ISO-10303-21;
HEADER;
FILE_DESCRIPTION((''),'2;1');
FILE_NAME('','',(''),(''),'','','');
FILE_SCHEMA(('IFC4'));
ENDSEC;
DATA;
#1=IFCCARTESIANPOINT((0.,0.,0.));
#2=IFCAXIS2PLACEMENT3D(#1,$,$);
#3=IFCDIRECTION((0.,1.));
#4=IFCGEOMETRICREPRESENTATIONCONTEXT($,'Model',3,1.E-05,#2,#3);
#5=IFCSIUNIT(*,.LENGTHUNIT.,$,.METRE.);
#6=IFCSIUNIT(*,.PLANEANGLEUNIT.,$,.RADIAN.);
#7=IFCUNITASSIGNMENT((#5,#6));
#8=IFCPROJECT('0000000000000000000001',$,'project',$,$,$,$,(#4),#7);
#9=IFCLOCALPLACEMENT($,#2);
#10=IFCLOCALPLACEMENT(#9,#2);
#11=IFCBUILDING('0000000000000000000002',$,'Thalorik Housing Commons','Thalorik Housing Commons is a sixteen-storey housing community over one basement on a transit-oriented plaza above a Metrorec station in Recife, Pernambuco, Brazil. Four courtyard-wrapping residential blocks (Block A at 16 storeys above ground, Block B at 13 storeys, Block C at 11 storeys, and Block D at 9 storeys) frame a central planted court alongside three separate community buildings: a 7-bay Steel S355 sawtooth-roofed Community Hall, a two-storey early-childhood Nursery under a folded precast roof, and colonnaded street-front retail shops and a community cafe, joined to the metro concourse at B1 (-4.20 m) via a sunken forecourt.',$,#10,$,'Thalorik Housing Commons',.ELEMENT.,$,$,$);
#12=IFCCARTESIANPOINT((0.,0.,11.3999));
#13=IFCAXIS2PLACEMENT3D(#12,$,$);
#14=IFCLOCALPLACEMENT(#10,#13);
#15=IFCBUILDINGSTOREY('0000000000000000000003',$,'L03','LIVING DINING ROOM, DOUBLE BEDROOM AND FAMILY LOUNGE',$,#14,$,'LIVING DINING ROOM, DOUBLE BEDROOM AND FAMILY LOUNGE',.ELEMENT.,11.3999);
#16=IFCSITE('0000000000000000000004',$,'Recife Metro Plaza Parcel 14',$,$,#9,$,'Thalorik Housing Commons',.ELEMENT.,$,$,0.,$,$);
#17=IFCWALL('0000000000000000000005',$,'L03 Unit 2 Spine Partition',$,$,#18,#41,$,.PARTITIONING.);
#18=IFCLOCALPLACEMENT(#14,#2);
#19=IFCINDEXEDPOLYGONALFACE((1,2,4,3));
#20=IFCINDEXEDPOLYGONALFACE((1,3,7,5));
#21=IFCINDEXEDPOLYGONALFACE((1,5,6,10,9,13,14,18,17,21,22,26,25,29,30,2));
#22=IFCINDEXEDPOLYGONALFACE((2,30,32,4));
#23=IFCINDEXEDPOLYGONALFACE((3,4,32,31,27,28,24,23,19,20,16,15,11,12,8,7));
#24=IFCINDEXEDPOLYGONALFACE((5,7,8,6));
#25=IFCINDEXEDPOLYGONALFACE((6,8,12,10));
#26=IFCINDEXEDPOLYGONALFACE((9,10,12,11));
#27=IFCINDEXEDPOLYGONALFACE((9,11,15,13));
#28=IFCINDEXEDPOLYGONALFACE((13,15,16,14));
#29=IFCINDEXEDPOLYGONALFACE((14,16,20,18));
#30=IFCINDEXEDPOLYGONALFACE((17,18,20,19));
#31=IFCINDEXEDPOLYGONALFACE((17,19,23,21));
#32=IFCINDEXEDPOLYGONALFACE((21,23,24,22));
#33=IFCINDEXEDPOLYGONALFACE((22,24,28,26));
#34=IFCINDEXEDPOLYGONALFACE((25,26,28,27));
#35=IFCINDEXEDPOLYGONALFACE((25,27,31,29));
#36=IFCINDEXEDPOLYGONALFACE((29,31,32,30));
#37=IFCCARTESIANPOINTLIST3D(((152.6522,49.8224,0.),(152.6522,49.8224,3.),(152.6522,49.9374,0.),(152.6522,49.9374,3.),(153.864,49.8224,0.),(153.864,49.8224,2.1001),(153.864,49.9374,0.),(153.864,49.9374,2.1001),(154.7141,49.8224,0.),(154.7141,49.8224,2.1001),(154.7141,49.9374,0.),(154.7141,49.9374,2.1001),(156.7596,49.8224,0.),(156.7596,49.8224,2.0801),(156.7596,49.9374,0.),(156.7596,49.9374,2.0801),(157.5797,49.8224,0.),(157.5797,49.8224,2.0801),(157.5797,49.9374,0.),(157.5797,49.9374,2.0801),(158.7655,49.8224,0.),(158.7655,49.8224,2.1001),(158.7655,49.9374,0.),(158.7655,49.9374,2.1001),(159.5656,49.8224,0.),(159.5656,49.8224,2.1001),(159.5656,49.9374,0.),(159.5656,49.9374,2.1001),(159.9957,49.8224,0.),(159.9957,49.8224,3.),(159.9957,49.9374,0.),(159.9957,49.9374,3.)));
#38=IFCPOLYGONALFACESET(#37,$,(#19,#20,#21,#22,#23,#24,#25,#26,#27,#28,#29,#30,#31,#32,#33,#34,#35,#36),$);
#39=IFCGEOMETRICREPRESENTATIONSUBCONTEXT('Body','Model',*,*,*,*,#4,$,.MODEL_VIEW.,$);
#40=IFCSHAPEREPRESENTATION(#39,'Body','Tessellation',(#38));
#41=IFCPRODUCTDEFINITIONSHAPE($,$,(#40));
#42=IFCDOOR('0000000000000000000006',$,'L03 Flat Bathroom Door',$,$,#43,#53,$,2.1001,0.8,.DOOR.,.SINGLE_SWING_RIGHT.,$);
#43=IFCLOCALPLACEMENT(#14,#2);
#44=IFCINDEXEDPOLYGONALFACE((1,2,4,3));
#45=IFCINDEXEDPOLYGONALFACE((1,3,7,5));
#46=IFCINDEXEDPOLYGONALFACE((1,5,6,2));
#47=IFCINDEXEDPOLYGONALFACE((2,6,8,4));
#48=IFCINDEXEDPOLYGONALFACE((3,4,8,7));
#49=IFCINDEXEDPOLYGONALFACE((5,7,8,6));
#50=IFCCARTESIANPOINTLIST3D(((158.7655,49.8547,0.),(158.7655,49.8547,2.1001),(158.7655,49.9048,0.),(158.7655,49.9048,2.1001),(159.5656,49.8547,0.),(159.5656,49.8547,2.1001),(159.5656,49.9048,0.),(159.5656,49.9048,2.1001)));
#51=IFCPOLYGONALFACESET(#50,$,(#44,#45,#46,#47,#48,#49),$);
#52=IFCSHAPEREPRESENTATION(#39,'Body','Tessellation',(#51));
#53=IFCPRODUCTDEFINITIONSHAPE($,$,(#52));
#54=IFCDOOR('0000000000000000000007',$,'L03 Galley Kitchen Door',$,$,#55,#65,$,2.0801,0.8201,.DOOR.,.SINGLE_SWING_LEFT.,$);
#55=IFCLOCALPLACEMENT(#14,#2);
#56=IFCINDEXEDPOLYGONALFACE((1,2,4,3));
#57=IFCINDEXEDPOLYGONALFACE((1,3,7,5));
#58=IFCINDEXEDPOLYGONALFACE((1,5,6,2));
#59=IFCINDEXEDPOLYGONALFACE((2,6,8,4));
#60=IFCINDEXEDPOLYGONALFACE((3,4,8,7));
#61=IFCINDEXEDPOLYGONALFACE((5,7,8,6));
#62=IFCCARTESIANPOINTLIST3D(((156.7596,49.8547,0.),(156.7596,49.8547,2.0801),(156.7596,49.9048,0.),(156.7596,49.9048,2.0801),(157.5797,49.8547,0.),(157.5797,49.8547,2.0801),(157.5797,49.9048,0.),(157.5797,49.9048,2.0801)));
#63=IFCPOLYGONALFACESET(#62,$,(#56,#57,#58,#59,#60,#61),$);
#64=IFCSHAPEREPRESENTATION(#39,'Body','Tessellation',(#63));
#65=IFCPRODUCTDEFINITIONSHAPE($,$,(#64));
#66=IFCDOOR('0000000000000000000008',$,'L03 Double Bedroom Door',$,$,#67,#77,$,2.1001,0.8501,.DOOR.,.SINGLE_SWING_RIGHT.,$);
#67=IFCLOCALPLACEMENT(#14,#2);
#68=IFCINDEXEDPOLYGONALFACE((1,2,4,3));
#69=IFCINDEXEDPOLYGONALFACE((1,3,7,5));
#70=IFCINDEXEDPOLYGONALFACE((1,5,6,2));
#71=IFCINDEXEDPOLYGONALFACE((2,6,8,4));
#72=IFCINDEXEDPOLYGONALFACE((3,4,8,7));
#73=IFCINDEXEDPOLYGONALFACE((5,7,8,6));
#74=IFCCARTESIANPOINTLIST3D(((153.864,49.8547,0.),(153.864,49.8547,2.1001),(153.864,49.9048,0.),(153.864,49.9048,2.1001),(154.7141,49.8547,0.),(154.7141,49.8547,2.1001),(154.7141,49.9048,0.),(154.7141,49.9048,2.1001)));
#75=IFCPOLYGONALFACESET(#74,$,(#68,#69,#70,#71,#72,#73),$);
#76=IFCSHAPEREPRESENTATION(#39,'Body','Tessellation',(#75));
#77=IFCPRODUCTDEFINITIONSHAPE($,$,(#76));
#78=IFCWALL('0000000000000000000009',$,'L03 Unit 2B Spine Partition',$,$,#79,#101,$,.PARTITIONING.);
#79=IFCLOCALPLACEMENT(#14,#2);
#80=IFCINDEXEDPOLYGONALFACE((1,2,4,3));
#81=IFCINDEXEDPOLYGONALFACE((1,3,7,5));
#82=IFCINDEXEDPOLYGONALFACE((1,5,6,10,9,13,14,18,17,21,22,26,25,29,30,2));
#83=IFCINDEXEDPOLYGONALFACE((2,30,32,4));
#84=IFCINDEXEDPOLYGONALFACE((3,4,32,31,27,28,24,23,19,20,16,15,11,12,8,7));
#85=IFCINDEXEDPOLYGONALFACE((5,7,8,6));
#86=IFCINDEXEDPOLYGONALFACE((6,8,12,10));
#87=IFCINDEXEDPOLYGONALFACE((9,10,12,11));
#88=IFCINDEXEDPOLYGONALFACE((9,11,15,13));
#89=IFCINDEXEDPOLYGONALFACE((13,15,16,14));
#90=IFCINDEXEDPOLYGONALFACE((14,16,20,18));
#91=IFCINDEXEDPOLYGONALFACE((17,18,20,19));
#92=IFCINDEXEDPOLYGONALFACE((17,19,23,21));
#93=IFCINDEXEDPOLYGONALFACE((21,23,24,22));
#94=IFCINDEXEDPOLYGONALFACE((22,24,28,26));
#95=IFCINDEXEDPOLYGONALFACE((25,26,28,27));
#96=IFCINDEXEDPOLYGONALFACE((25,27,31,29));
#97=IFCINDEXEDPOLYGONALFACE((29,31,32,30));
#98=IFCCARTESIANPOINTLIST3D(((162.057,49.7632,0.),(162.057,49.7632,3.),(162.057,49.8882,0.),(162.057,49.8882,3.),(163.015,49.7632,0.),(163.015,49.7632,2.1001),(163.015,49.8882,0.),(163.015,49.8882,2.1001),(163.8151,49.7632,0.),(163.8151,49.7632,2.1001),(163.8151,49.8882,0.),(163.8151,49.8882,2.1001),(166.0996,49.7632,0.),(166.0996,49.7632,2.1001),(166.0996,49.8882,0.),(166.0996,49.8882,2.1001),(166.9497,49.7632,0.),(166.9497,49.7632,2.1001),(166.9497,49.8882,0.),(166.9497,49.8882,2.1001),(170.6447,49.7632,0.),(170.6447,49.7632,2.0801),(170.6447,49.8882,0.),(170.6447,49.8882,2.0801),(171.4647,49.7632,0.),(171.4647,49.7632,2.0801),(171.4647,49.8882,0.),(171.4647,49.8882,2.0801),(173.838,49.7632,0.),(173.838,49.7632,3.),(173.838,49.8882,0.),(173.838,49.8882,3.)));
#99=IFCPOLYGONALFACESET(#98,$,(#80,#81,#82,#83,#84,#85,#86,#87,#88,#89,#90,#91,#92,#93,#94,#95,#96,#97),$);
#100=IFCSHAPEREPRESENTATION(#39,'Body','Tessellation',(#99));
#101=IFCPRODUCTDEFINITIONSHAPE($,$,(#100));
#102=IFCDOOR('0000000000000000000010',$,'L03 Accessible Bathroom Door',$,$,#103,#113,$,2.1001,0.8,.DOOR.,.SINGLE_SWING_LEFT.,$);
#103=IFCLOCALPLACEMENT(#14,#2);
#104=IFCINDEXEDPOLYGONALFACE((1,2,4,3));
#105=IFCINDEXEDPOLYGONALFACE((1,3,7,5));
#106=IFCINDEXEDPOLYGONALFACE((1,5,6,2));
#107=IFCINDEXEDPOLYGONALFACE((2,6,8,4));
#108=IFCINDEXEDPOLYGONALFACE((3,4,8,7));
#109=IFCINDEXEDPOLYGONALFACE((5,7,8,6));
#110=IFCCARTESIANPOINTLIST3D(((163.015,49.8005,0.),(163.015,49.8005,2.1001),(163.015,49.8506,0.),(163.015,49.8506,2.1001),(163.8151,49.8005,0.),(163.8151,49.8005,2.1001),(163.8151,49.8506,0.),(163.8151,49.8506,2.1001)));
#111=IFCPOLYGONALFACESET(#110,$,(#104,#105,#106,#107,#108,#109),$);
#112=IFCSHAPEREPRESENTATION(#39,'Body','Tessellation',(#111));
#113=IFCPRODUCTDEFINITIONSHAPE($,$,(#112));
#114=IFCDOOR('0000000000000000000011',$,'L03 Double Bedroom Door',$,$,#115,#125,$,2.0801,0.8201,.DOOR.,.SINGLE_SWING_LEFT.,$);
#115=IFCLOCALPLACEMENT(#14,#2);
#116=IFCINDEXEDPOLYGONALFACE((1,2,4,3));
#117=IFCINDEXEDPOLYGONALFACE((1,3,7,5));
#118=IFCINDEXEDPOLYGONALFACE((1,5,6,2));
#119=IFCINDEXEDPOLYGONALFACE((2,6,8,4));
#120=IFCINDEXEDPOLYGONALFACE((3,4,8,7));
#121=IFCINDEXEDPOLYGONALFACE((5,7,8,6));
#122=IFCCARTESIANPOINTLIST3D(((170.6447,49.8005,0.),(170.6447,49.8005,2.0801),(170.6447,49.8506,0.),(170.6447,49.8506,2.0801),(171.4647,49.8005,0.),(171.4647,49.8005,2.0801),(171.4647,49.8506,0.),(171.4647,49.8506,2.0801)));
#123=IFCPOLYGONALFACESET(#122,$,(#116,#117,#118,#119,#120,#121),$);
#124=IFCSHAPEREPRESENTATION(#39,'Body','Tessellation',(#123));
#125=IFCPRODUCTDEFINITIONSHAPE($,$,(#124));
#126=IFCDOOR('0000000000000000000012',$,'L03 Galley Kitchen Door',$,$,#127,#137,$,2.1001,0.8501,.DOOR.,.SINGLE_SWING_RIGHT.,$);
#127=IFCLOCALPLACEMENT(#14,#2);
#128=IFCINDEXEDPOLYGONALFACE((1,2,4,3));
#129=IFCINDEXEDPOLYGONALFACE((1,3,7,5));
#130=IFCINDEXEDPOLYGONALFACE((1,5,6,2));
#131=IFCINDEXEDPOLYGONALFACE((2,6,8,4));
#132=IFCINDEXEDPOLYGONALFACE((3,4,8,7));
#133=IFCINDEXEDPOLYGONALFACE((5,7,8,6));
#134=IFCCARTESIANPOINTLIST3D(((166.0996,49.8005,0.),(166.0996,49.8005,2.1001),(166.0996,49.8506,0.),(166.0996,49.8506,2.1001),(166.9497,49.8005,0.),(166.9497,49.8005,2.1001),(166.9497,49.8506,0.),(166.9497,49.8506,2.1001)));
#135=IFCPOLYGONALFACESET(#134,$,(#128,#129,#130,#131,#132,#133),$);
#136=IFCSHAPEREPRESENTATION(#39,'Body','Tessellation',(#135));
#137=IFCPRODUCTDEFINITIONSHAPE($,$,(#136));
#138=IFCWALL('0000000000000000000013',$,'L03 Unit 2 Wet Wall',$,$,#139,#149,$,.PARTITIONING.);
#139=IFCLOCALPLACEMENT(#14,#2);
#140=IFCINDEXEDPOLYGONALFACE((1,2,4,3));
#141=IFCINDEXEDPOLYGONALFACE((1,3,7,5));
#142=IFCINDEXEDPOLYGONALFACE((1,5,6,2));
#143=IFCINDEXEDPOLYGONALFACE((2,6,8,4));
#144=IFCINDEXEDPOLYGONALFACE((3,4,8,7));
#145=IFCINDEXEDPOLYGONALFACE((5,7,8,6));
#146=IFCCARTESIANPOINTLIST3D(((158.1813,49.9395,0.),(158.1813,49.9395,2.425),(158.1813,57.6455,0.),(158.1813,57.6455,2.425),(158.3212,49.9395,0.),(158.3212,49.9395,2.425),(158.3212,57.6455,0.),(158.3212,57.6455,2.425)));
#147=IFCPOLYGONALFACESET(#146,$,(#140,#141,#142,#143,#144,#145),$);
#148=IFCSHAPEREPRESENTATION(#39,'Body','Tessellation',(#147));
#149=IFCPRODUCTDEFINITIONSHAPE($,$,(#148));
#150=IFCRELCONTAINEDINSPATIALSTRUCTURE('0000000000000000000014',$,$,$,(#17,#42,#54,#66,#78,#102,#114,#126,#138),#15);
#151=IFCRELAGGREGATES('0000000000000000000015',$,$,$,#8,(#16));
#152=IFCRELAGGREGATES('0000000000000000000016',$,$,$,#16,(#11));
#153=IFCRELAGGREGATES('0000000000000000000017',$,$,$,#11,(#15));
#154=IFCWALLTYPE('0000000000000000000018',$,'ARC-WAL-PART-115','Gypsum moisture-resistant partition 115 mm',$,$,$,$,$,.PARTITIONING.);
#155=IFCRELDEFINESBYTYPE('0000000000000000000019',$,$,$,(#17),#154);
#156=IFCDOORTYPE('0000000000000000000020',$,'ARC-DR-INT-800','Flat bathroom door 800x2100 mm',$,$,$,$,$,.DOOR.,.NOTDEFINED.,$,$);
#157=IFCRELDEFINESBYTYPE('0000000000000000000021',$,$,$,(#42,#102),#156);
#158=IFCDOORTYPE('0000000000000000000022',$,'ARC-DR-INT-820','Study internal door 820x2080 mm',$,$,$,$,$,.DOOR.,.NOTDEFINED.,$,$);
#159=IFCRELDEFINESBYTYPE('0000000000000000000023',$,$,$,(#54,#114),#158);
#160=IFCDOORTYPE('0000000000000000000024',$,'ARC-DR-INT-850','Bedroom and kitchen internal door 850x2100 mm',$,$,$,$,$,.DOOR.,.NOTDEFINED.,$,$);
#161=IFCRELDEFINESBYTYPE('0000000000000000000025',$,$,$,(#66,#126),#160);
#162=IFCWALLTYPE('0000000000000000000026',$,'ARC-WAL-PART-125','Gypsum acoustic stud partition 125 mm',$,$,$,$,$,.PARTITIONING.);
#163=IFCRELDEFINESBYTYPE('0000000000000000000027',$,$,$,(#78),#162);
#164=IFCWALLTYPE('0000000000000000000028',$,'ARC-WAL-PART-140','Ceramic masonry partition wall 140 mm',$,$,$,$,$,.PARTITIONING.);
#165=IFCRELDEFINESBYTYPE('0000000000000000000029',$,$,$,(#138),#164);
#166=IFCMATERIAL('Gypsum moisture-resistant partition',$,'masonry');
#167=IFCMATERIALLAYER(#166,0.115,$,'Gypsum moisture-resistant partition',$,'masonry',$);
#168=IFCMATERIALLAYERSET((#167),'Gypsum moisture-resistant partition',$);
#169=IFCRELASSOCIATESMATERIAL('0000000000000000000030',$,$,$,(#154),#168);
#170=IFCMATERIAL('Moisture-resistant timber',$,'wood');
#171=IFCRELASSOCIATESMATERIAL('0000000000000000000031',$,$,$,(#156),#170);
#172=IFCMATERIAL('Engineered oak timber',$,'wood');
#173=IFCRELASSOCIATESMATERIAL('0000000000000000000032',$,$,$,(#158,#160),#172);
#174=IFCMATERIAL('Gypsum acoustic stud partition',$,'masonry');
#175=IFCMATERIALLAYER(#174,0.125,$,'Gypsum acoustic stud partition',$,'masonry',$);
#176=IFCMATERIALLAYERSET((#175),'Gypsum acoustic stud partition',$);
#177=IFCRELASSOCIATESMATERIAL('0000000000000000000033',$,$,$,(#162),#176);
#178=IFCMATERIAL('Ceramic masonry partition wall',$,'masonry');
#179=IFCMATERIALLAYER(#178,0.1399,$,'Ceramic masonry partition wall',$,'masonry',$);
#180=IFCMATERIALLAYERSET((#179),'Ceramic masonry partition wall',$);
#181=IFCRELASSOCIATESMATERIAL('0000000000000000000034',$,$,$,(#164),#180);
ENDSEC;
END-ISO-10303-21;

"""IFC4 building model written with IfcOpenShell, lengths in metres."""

from ifc_helpers import new_model, si_unit, direction, frame, frame_2d, origin, place, context, subcontext, project, spatial, rectangle, extrude, material, layer, layer_set, type_object, element, fill, save


model = new_model("IFC4")

# Units and contexts
model_context = context("Model", 3, precision=1e-05, world=origin(), true_north=direction((0.0, 1.0)))
body_context = subcontext(model_context, "Body", "Model", "MODEL_VIEW")
ifc_project = project(units=[si_unit("LENGTHUNIT", "METRE"), si_unit("PLANEANGLEUNIT", "RADIAN")], contexts=[model_context])

# Site, building, storey
site_placement = place(None, origin())
site = spatial("IfcSite", under=ifc_project, at=site_placement, Name="Recife Metro Plaza Parcel 14", LongName="Thalorik Housing Commons", CompositionType="ELEMENT", RefElevation=0.0)
building_placement = place(site_placement, origin())
building = spatial("IfcBuilding", under=site, at=building_placement, Name="Thalorik Housing Commons", Description="Thalorik Housing Commons is a sixteen-storey housing community over one basement on a transit-oriented plaza above a Metrorec station in Recife, Pernambuco, Brazil. Four courtyard-wrapping residential blocks (Block A at 16 storeys above ground, Block B at 13 storeys, Block C at 11 storeys, and Block D at 9 storeys) frame a central planted court alongside three separate community buildings: a 7-bay Steel S355 sawtooth-roofed Community Hall, a two-storey early-childhood Nursery under a folded precast roof, and colonnaded street-front retail shops and a community cafe, joined to the metro concourse at B1 (-4.20 m) via a sunken forecourt.", LongName="Thalorik Housing Commons", CompositionType="ELEMENT")
storey_placement = place(building_placement, frame((0.0, 0.0, 11.3999)))
storey = spatial("IfcBuildingStorey", under=building, at=storey_placement, Name="L03", Description="LIVING DINING ROOM, DOUBLE BEDROOM AND FAMILY LOUNGE", LongName="LIVING DINING ROOM, DOUBLE BEDROOM AND FAMILY LOUNGE", CompositionType="ELEMENT", Elevation=11.3999)

# Walls, openings, doors
ifc_material_1 = material(Name="Gypsum moisture-resistant partition", Category="masonry")
ifc_layer_1 = layer(ifc_material_1, 0.115, Name="Gypsum moisture-resistant partition", Category="masonry")
ifc_layer_set_1 = layer_set([ifc_layer_1], Name="Gypsum moisture-resistant partition")
wall_type_1 = type_object("IfcWallType", Name="ARC-WAL-PART-115", Description="Gypsum moisture-resistant partition 115 mm", PredefinedType="PARTITIONING", material=ifc_layer_set_1)
wall_1_placement = place(storey_placement, frame((152.6521, 49.8799, 0.0), z_axis=(0.0, 0.0, 1.0), x_axis=(1.0, 0.0, 0.0)))
wall_1 = element("IfcWall", 1, at=wall_1_placement, inside=storey, type_object=wall_type_1, Name="L03 Unit 2 Spine Partition", PredefinedType="PARTITIONING", context=body_context, shape_type="SweptSolid", body=[
    extrude(rectangle(XDim=7.3435, YDim=0.115, at=frame_2d((3.6719, 0.0))), origin(), (0.0, 0.0, 1.0), 3.0),
])
opening_1_placement = place(wall_1_placement, frame((1.2119, 0.0, 0.0)))
opening_1 = element("IfcOpeningElement", 2, at=opening_1_placement, cuts=wall_1, PredefinedType="OPENING", context=body_context, shape_type="SweptSolid", body=[
    extrude(rectangle(XDim=0.8501, YDim=2.1001, at=frame_2d((0.425, 1.05))), frame((0.0, 0.0674, 0.0), z_axis=(0.0, -1.0, 0.0), x_axis=(1.0, 0.0, 0.0)), (0.0, 0.0, 1.0), 0.135),
])
opening_2_placement = place(wall_1_placement, frame((4.1074, 0.0, 0.0)))
opening_2 = element("IfcOpeningElement", 3, at=opening_2_placement, cuts=wall_1, PredefinedType="OPENING", context=body_context, shape_type="SweptSolid", body=[
    extrude(rectangle(XDim=0.8201, YDim=2.0801, at=frame_2d((0.4102, 1.04))), frame((0.0, 0.0674, 0.0), z_axis=(0.0, -1.0, 0.0), x_axis=(1.0, 0.0, 0.0)), (0.0, 0.0, 1.0), 0.135),
])
opening_3_placement = place(wall_1_placement, frame((6.1135, 0.0, 0.0)))
opening_3 = element("IfcOpeningElement", 4, at=opening_3_placement, cuts=wall_1, PredefinedType="OPENING", context=body_context, shape_type="SweptSolid", body=[
    extrude(rectangle(XDim=0.8, YDim=2.1001, at=frame_2d((0.3999, 1.05))), frame((0.0, 0.0674, 0.0), z_axis=(0.0, -1.0, 0.0), x_axis=(1.0, 0.0, 0.0)), (0.0, 0.0, 1.0), 0.135),
])
ifc_material_2 = material(Name="Moisture-resistant timber", Category="wood")
door_type_1 = type_object("IfcDoorType", Name="ARC-DR-INT-800", Description="Flat bathroom door 800x2100 mm", OperationType="NOTDEFINED", PredefinedType="DOOR", material=ifc_material_2)
door_1_placement = place(opening_3_placement, origin())
door_1 = element("IfcDoor", 5, at=door_1_placement, inside=storey, type_object=door_type_1, Name="L03 Flat Bathroom Door", OperationType="SINGLE_SWING_RIGHT", OverallHeight=2.1001, OverallWidth=0.8, PredefinedType="DOOR", context=body_context, shape_type="SweptSolid", body=[
    extrude(rectangle(XDim=0.8, YDim=2.1001, at=frame_2d((0.3999, 1.05))), frame((0.0, 0.0249, 0.0), z_axis=(0.0, -1.0, 0.0), x_axis=(1.0, 0.0, 0.0)), (0.0, 0.0, 1.0), 0.05),
])
fill(opening_3, door_1)
ifc_material_3 = material(Name="Engineered oak timber", Category="wood")
door_type_2 = type_object("IfcDoorType", Name="ARC-DR-INT-820", Description="Study internal door 820x2080 mm", OperationType="NOTDEFINED", PredefinedType="DOOR", material=ifc_material_3)
door_2_placement = place(opening_2_placement, origin())
door_2 = element("IfcDoor", 6, at=door_2_placement, inside=storey, type_object=door_type_2, Name="L03 Galley Kitchen Door", OperationType="SINGLE_SWING_LEFT", OverallHeight=2.0801, OverallWidth=0.8201, PredefinedType="DOOR", context=body_context, shape_type="SweptSolid", body=[
    extrude(rectangle(XDim=0.8201, YDim=2.0801, at=frame_2d((0.4102, 1.04))), frame((0.0, 0.0249, 0.0), z_axis=(0.0, -1.0, 0.0), x_axis=(1.0, 0.0, 0.0)), (0.0, 0.0, 1.0), 0.05),
])
fill(opening_2, door_2)
door_type_3 = type_object("IfcDoorType", Name="ARC-DR-INT-850", Description="Bedroom and kitchen internal door 850x2100 mm", OperationType="NOTDEFINED", PredefinedType="DOOR", material=ifc_material_3)
door_3_placement = place(opening_1_placement, origin())
door_3 = element("IfcDoor", 7, at=door_3_placement, inside=storey, type_object=door_type_3, Name="L03 Double Bedroom Door", OperationType="SINGLE_SWING_RIGHT", OverallHeight=2.1001, OverallWidth=0.8501, PredefinedType="DOOR", context=body_context, shape_type="SweptSolid", body=[
    extrude(rectangle(XDim=0.8501, YDim=2.1001, at=frame_2d((0.425, 1.05))), frame((0.0, 0.0249, 0.0), z_axis=(0.0, -1.0, 0.0), x_axis=(1.0, 0.0, 0.0)), (0.0, 0.0, 1.0), 0.05),
])
fill(opening_1, door_3)
ifc_material_4 = material(Name="Gypsum acoustic stud partition", Category="masonry")
ifc_layer_2 = layer(ifc_material_4, 0.125, Name="Gypsum acoustic stud partition", Category="masonry")
ifc_layer_set_2 = layer_set([ifc_layer_2], Name="Gypsum acoustic stud partition")
wall_type_2 = type_object("IfcWallType", Name="ARC-WAL-PART-125", Description="Gypsum acoustic stud partition 125 mm", PredefinedType="PARTITIONING", material=ifc_layer_set_2)
wall_2_placement = place(storey_placement, frame((162.0569, 49.8257, 0.0), z_axis=(0.0, 0.0, 1.0), x_axis=(1.0, 0.0, 0.0)))
wall_2 = element("IfcWall", 8, at=wall_2_placement, inside=storey, type_object=wall_type_2, Name="L03 Unit 2B Spine Partition", PredefinedType="PARTITIONING", context=body_context, shape_type="SweptSolid", body=[
    extrude(rectangle(XDim=11.781, YDim=0.125, at=frame_2d((5.8906, 0.0))), origin(), (0.0, 0.0, 1.0), 3.0),
])
opening_4_placement = place(wall_2_placement, frame((0.9583, 0.0, 0.0)))
opening_4 = element("IfcOpeningElement", 9, at=opening_4_placement, cuts=wall_2, PredefinedType="OPENING", context=body_context, shape_type="SweptSolid", body=[
    extrude(rectangle(XDim=0.8, YDim=2.1001, at=frame_2d((0.3999, 1.05))), frame((0.0, 0.0725, 0.0), z_axis=(0.0, -1.0, 0.0), x_axis=(1.0, 0.0, 0.0)), (0.0, 0.0, 1.0), 0.145),
])
opening_5_placement = place(wall_2_placement, frame((4.0427, 0.0, 0.0)))
opening_5 = element("IfcOpeningElement", 10, at=opening_5_placement, cuts=wall_2, PredefinedType="OPENING", context=body_context, shape_type="SweptSolid", body=[
    extrude(rectangle(XDim=0.8501, YDim=2.1001, at=frame_2d((0.425, 1.05))), frame((0.0, 0.0725, 0.0), z_axis=(0.0, -1.0, 0.0), x_axis=(1.0, 0.0, 0.0)), (0.0, 0.0, 1.0), 0.145),
])
opening_6_placement = place(wall_2_placement, frame((8.5876, 0.0, 0.0)))
opening_6 = element("IfcOpeningElement", 11, at=opening_6_placement, cuts=wall_2, PredefinedType="OPENING", context=body_context, shape_type="SweptSolid", body=[
    extrude(rectangle(XDim=0.8201, YDim=2.0801, at=frame_2d((0.4102, 1.04))), frame((0.0, 0.0725, 0.0), z_axis=(0.0, -1.0, 0.0), x_axis=(1.0, 0.0, 0.0)), (0.0, 0.0, 1.0), 0.145),
])
door_4_placement = place(opening_4_placement, origin())
door_4 = element("IfcDoor", 12, at=door_4_placement, inside=storey, type_object=door_type_1, Name="L03 Accessible Bathroom Door", OperationType="SINGLE_SWING_LEFT", OverallHeight=2.1001, OverallWidth=0.8, PredefinedType="DOOR", context=body_context, shape_type="SweptSolid", body=[
    extrude(rectangle(XDim=0.8, YDim=2.1001, at=frame_2d((0.3999, 1.05))), frame((0.0, 0.0249, 0.0), z_axis=(0.0, -1.0, 0.0), x_axis=(1.0, 0.0, 0.0)), (0.0, 0.0, 1.0), 0.05),
])
fill(opening_4, door_4)
door_5_placement = place(opening_6_placement, origin())
door_5 = element("IfcDoor", 13, at=door_5_placement, inside=storey, type_object=door_type_2, Name="L03 Double Bedroom Door", OperationType="SINGLE_SWING_LEFT", OverallHeight=2.0801, OverallWidth=0.8201, PredefinedType="DOOR", context=body_context, shape_type="SweptSolid", body=[
    extrude(rectangle(XDim=0.8201, YDim=2.0801, at=frame_2d((0.4102, 1.04))), frame((0.0, 0.0249, 0.0), z_axis=(0.0, -1.0, 0.0), x_axis=(1.0, 0.0, 0.0)), (0.0, 0.0, 1.0), 0.05),
])
fill(opening_6, door_5)
door_6_placement = place(opening_5_placement, origin())
door_6 = element("IfcDoor", 14, at=door_6_placement, inside=storey, type_object=door_type_3, Name="L03 Galley Kitchen Door", OperationType="SINGLE_SWING_RIGHT", OverallHeight=2.1001, OverallWidth=0.8501, PredefinedType="DOOR", context=body_context, shape_type="SweptSolid", body=[
    extrude(rectangle(XDim=0.8501, YDim=2.1001, at=frame_2d((0.425, 1.05))), frame((0.0, 0.0249, 0.0), z_axis=(0.0, -1.0, 0.0), x_axis=(1.0, 0.0, 0.0)), (0.0, 0.0, 1.0), 0.05),
])
fill(opening_5, door_6)

# Wall
ifc_material_5 = material(Name="Ceramic masonry partition wall", Category="masonry")
ifc_layer_3 = layer(ifc_material_5, 0.1399, Name="Ceramic masonry partition wall", Category="masonry")
ifc_layer_set_3 = layer_set([ifc_layer_3], Name="Ceramic masonry partition wall")
wall_type_3 = type_object("IfcWallType", Name="ARC-WAL-PART-140", Description="Ceramic masonry partition wall 140 mm", PredefinedType="PARTITIONING", material=ifc_layer_set_3)
wall_3_placement = place(storey_placement, frame((158.2512, 49.9395, 0.0), z_axis=(0.0, 0.0, 1.0), x_axis=(0.0, 1.0, 0.0)))
element("IfcWall", 15, at=wall_3_placement, inside=storey, type_object=wall_type_3, Name="L03 Unit 2 Wet Wall", PredefinedType="PARTITIONING", context=body_context, shape_type="SweptSolid", body=[
    extrude(rectangle(XDim=7.7061, YDim=0.1399, at=frame_2d((3.853, 0.0))), origin(), (0.0, 0.0, 1.0), 2.425),
])

save(model, "model.ifc")
